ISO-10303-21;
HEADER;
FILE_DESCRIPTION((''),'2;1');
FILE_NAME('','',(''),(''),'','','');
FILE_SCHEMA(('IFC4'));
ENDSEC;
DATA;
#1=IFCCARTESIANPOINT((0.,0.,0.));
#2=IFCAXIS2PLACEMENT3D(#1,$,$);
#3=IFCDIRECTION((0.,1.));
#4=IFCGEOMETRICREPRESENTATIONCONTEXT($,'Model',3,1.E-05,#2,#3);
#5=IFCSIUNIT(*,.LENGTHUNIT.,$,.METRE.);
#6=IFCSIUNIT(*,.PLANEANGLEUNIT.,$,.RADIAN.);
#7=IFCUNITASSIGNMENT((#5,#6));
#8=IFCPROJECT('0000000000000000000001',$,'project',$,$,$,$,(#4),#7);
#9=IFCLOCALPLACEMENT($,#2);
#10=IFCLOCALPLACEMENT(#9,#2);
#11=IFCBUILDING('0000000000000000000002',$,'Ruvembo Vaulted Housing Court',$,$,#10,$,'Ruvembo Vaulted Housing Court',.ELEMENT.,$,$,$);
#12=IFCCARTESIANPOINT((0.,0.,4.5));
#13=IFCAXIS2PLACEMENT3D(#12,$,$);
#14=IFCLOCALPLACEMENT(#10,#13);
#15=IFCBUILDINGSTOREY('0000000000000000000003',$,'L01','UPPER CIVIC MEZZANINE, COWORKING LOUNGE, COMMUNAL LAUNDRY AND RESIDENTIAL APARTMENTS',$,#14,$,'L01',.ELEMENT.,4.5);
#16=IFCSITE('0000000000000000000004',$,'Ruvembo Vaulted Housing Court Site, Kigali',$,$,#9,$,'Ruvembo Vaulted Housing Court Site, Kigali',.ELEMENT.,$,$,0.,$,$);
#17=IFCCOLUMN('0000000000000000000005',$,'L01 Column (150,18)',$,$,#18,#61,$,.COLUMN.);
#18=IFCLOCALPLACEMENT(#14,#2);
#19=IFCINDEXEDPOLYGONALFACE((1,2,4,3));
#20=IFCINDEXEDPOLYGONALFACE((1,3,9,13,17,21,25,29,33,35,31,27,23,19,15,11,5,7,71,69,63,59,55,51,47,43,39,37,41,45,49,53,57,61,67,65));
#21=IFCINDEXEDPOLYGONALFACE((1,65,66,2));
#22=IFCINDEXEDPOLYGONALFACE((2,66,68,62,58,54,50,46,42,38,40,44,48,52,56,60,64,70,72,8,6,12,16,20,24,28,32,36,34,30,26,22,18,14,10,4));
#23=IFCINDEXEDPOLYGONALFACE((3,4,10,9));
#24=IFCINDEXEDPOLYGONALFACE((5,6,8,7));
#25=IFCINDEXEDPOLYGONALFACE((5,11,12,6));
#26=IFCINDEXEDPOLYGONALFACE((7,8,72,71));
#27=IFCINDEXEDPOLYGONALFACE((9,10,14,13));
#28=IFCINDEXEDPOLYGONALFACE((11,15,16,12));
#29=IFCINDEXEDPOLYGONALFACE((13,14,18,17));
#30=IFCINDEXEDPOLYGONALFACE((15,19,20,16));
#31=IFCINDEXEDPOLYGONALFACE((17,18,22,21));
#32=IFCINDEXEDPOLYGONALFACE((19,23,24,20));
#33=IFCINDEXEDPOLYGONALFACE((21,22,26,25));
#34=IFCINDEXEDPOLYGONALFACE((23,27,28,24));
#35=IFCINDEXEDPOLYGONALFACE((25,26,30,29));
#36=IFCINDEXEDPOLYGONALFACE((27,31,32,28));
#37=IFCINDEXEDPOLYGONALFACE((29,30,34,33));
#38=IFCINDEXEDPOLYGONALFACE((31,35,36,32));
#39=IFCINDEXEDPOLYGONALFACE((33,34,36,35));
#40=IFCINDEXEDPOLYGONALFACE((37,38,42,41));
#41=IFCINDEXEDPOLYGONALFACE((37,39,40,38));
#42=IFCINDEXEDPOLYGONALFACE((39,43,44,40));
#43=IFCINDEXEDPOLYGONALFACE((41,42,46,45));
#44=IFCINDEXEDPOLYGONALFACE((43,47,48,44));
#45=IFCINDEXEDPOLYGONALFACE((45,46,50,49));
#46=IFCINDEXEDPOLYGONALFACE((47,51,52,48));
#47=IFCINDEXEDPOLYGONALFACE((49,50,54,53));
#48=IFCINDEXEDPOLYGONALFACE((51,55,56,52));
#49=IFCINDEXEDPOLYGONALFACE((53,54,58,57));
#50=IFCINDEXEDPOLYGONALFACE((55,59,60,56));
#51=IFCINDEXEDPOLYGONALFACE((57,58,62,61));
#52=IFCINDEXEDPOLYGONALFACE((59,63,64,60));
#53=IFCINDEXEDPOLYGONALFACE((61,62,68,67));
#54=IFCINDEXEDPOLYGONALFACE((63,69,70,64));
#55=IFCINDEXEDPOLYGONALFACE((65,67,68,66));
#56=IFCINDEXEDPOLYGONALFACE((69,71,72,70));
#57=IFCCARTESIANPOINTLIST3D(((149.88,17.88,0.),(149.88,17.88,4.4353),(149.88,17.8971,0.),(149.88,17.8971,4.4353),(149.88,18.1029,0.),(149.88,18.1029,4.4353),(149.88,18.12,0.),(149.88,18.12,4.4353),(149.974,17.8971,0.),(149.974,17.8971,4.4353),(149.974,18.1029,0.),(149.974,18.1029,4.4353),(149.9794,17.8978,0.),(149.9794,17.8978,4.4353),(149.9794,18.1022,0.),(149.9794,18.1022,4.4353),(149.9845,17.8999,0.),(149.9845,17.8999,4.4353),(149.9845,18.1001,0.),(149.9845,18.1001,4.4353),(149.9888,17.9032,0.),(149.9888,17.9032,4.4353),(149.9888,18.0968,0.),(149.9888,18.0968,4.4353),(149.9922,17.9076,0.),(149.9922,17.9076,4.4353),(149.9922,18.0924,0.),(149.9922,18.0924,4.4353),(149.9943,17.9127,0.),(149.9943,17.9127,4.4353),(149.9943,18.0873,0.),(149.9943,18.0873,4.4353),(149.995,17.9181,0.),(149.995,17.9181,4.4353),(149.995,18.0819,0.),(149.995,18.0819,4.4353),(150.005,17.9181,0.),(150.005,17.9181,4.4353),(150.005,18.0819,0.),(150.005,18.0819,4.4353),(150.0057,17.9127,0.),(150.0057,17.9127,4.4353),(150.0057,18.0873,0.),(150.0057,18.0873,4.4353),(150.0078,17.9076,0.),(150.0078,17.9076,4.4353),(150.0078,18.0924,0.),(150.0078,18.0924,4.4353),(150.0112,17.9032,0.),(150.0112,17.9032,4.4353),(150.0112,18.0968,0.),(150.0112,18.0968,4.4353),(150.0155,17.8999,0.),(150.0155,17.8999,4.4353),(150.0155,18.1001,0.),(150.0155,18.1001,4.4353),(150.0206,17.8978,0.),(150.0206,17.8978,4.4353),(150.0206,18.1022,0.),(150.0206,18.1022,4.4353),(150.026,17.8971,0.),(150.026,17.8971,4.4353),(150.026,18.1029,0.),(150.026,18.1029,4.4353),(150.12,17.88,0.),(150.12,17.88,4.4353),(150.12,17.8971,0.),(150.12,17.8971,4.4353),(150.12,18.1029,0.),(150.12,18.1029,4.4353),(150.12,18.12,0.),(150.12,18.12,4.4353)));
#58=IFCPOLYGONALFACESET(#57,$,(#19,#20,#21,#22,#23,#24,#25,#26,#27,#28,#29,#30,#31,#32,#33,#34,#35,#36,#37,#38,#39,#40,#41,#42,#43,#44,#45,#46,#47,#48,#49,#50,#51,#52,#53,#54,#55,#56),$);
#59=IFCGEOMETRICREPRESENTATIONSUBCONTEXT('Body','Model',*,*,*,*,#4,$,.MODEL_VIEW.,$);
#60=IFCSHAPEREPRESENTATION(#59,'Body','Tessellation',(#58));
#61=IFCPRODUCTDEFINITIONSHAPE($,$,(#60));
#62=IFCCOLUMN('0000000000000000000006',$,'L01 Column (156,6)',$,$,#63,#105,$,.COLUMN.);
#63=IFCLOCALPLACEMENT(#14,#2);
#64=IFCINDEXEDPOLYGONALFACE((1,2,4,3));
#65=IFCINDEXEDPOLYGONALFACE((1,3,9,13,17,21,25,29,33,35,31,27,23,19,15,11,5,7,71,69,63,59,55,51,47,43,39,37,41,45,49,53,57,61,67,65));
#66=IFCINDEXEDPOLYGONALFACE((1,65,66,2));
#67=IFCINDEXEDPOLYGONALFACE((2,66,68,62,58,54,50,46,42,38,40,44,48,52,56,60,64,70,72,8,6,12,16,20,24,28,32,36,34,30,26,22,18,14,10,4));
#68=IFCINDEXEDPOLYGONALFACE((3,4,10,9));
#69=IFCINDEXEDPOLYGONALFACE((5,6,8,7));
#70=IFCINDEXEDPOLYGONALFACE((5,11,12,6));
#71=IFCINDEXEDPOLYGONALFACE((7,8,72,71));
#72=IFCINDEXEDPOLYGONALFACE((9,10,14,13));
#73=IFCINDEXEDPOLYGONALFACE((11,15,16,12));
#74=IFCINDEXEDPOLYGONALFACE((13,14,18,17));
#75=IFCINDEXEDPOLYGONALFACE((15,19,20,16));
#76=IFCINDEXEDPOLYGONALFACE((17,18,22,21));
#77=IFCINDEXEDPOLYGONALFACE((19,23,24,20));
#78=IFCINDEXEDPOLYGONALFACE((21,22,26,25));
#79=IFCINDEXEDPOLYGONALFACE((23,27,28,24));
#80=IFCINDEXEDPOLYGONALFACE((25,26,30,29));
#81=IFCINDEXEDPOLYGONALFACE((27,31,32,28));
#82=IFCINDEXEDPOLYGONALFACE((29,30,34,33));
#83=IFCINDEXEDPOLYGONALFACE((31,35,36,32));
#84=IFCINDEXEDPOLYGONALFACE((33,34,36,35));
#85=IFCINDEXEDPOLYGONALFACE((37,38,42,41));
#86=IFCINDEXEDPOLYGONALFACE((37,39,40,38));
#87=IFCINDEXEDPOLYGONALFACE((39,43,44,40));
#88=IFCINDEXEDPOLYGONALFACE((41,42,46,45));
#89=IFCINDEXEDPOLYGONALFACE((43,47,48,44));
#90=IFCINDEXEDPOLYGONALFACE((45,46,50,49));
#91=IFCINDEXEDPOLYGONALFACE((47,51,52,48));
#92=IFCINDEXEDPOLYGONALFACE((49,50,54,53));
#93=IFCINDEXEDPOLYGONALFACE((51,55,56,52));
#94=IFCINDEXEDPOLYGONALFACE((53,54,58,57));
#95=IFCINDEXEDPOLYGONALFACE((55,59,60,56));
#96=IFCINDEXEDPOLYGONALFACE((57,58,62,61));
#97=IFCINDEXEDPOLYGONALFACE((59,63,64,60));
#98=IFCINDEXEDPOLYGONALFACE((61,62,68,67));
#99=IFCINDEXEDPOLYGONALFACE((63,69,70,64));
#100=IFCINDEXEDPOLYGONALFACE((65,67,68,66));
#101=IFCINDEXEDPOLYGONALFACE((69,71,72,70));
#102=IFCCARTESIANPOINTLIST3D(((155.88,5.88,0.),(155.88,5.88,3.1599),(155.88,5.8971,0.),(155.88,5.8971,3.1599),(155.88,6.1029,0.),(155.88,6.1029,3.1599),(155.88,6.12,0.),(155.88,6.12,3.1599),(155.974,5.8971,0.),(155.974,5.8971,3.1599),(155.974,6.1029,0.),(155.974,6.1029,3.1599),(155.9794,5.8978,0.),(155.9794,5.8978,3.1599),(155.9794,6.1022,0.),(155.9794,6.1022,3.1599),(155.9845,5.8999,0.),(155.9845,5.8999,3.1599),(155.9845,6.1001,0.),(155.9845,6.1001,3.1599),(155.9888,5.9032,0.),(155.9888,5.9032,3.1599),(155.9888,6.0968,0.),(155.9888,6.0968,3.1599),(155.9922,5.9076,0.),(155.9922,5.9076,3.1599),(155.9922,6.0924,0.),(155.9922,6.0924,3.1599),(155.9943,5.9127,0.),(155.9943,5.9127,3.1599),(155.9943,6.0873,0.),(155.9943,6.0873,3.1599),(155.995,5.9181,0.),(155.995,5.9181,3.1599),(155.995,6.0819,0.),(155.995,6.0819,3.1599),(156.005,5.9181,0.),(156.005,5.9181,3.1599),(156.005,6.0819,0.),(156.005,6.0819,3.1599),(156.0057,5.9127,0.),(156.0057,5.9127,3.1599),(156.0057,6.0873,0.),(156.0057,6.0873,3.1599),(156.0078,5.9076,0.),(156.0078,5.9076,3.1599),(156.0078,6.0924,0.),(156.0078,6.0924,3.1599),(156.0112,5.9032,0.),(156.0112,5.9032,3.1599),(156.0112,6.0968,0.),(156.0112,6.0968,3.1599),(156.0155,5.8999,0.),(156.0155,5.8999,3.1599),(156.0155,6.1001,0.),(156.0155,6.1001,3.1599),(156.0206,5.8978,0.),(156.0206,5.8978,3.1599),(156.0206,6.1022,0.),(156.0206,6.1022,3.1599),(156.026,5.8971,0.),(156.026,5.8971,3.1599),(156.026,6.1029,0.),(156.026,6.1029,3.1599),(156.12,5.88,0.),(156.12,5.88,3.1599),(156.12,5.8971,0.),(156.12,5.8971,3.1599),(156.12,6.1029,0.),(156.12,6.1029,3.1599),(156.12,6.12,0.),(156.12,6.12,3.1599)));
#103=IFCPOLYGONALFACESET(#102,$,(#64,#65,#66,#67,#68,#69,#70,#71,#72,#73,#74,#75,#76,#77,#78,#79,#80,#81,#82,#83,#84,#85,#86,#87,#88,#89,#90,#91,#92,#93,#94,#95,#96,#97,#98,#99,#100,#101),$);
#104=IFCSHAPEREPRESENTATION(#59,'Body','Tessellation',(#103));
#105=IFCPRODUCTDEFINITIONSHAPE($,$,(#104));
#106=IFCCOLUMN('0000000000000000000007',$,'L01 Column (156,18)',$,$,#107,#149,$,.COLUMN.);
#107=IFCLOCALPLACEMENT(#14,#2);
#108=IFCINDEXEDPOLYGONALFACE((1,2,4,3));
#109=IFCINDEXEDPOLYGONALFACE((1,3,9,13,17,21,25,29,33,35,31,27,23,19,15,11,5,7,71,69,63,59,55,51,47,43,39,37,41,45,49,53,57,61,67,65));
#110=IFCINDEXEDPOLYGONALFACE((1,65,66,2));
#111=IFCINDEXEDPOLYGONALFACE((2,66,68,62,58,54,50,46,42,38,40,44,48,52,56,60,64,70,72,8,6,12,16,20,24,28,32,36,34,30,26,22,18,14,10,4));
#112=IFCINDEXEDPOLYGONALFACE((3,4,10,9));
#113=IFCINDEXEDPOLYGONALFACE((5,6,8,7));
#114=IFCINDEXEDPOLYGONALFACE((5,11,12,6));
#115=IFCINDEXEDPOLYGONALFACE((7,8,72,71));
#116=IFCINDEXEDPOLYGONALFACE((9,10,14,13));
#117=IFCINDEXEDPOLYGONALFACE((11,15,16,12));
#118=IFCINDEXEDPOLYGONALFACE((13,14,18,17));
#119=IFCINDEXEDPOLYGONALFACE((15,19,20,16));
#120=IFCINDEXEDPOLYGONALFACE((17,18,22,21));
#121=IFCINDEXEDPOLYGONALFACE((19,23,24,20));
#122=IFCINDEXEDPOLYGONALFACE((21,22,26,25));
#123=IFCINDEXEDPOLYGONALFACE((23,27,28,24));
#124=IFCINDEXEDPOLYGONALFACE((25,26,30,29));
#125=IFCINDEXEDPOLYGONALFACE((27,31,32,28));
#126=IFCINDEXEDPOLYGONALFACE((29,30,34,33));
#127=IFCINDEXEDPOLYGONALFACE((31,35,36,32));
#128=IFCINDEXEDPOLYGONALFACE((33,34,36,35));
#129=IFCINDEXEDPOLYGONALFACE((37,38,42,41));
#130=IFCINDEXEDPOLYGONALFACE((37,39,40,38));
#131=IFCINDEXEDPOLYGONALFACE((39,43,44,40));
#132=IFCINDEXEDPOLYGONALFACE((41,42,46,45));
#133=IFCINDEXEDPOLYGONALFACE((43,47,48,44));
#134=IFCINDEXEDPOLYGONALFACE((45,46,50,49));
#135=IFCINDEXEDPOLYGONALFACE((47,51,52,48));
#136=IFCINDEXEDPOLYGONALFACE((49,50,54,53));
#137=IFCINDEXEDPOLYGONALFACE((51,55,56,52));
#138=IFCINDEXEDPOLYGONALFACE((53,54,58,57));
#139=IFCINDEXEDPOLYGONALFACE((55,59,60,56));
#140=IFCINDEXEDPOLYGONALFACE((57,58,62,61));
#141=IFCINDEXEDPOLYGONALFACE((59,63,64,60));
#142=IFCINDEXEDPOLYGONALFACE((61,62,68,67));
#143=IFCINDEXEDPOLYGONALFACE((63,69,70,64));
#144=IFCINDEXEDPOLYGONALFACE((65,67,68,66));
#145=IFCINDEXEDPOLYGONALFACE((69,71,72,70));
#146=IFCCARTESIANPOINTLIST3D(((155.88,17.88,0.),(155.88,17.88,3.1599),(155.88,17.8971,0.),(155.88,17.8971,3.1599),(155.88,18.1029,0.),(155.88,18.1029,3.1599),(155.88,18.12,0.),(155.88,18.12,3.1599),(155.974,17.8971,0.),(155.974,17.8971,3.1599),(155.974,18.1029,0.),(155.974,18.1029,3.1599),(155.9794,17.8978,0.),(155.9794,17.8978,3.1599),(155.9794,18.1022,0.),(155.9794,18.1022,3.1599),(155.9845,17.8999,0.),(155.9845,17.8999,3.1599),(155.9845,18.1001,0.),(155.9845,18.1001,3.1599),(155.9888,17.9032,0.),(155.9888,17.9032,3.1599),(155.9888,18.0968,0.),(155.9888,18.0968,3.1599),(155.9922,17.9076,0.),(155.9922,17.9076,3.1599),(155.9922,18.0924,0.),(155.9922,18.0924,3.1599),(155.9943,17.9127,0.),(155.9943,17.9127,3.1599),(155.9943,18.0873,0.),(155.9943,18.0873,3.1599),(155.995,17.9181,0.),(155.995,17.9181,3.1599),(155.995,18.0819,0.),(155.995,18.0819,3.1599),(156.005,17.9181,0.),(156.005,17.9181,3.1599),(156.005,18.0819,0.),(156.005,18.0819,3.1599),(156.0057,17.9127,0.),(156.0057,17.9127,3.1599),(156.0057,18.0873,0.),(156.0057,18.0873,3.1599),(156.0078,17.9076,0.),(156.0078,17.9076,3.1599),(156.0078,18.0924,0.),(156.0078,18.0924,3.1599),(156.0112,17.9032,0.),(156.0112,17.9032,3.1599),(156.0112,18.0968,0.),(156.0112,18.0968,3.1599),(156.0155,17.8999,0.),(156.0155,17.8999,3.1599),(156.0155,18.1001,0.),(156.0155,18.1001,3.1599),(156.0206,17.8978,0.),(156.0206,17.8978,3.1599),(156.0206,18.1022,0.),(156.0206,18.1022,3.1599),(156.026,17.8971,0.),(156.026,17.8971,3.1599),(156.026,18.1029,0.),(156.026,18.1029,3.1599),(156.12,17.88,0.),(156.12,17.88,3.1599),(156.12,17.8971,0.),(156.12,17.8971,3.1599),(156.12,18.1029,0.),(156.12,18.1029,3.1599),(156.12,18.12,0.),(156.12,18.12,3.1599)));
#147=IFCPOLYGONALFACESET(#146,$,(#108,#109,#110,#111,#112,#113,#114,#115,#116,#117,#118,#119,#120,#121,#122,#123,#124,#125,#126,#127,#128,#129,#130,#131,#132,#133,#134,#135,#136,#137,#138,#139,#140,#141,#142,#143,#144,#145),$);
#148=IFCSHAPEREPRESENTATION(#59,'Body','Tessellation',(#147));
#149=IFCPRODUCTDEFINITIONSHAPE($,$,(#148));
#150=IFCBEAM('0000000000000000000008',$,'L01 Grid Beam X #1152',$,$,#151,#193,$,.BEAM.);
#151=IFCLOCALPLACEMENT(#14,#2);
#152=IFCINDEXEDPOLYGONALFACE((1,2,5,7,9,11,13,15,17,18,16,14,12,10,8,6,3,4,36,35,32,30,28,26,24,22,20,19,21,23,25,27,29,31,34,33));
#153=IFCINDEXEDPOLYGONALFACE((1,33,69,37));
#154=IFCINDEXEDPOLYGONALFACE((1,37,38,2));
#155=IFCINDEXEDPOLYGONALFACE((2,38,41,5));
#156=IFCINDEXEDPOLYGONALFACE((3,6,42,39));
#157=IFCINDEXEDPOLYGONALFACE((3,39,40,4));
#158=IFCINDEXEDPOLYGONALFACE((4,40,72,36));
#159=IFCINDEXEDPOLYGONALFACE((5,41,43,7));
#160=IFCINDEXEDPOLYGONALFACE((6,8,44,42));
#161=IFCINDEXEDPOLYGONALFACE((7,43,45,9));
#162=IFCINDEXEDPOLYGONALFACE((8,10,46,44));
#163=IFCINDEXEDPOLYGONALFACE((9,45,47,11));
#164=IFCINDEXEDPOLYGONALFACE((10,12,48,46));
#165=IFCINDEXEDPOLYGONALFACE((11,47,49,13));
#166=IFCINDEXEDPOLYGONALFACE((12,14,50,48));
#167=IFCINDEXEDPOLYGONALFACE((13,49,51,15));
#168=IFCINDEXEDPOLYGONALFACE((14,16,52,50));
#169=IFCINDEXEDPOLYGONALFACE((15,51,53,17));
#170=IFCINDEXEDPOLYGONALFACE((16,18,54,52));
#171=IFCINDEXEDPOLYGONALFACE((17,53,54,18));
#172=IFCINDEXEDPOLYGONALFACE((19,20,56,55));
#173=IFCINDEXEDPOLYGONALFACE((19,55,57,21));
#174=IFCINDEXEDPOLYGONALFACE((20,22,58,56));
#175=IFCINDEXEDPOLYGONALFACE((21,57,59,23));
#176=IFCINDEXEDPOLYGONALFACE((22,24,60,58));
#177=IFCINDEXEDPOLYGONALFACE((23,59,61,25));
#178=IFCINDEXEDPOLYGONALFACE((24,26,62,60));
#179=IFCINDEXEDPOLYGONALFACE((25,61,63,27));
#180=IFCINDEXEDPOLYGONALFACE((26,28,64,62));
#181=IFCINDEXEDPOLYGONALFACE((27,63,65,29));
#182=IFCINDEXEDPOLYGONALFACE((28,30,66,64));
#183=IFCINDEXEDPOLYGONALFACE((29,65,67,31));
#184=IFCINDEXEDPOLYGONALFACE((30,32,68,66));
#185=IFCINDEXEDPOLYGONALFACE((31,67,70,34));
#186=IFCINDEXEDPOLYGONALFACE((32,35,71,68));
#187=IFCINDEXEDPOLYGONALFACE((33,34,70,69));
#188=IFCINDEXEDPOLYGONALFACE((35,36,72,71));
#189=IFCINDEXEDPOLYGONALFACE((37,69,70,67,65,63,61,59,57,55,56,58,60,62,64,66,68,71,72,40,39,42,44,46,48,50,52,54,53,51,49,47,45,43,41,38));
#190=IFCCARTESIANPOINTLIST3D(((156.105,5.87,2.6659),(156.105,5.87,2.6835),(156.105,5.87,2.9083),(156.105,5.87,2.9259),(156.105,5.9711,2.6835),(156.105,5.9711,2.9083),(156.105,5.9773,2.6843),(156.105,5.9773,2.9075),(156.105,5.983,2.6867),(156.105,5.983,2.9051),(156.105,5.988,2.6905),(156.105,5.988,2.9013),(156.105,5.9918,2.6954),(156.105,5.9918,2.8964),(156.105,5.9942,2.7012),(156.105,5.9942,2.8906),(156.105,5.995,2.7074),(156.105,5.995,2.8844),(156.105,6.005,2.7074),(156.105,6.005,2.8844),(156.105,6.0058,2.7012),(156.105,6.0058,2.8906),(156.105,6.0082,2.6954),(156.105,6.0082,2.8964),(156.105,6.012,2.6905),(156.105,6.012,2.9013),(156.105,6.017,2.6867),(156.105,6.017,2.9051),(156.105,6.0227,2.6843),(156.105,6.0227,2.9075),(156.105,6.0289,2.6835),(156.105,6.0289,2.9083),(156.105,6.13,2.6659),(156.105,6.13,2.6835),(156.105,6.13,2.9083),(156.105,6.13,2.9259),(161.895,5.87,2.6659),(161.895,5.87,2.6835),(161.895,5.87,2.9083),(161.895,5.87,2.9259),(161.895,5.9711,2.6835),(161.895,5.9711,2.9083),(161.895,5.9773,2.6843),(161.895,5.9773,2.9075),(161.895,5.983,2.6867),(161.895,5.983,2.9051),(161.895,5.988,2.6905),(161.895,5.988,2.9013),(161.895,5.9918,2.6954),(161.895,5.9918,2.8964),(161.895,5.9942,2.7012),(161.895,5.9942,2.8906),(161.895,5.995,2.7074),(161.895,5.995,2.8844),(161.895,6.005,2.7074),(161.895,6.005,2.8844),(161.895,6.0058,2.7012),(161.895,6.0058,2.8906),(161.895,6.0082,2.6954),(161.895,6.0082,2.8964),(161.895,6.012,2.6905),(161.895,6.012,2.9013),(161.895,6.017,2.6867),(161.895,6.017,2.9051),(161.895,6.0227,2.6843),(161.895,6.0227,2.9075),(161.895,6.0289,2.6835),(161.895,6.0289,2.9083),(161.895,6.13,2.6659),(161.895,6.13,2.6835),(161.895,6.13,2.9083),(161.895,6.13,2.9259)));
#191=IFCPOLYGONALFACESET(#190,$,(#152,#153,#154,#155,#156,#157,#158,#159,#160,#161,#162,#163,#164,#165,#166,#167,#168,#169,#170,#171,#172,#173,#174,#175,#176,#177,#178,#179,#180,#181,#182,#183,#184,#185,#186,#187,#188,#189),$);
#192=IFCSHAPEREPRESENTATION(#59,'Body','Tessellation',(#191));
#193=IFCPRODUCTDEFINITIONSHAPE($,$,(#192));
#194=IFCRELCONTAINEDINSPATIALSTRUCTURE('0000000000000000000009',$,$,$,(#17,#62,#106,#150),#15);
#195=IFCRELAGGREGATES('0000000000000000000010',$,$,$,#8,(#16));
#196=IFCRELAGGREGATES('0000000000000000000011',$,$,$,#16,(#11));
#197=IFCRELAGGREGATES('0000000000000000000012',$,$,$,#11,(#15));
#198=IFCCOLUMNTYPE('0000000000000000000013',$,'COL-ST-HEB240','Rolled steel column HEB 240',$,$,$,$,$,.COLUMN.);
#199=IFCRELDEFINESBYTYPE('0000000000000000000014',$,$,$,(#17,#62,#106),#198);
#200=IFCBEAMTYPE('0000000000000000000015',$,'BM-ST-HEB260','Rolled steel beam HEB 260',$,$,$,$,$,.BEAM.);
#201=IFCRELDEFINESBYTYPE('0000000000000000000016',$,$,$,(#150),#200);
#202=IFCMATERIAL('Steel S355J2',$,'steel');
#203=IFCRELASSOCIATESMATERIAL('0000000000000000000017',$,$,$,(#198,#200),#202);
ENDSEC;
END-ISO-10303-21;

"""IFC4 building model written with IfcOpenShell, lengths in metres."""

from ifc_helpers import new_model, si_unit, direction, frame, origin, origin_2d, place, context, subcontext, project, spatial, i_section, extrude, material, material_profile, profile_set, type_object, element, save


model = new_model("IFC4")

# Units and contexts
model_context = context("Model", 3, precision=1e-05, world=origin(), true_north=direction((0.0, 1.0)))
body_context = subcontext(model_context, "Body", "Model", "MODEL_VIEW")
ifc_project = project(units=[si_unit("LENGTHUNIT", "METRE"), si_unit("PLANEANGLEUNIT", "RADIAN")], contexts=[model_context])

# Site, building, storey
site_placement = place(None, origin())
site = spatial("IfcSite", under=ifc_project, at=site_placement, Name="Ruvembo Vaulted Housing Court Site, Kigali", LongName="Ruvembo Vaulted Housing Court Site, Kigali", CompositionType="ELEMENT", RefElevation=0.0)
building_placement = place(site_placement, origin())
building = spatial("IfcBuilding", under=site, at=building_placement, Name="Ruvembo Vaulted Housing Court", LongName="Ruvembo Vaulted Housing Court", CompositionType="ELEMENT")
storey_placement = place(building_placement, frame((0.0, 0.0, 4.5)))
storey = spatial("IfcBuildingStorey", under=building, at=storey_placement, Name="L01", Description="UPPER CIVIC MEZZANINE, COWORKING LOUNGE, COMMUNAL LAUNDRY AND RESIDENTIAL APARTMENTS", LongName="L01", CompositionType="ELEMENT", Elevation=4.5)

# Columns
ifc_material_1 = material(Name="Steel S355J2", Category="steel")
ifc_material_profile_1 = material_profile(ifc_material_1, i_section(OverallWidth=0.24, OverallDepth=0.24, WebThickness=0.01, FlangeThickness=0.0171, FilletRadius=0.021, at=origin_2d()), Name="HEB 240")
ifc_profile_set_1 = profile_set([ifc_material_profile_1], Name="Steel S355J2")
column_type = type_object("IfcColumnType", Name="COL-ST-HEB240", Description="Rolled steel column HEB 240", PredefinedType="COLUMN", material=ifc_profile_set_1)
column_placement = place(storey_placement, frame((150.0, 18.0, 0.0), z_axis=(0.0, 0.0, 1.0), x_axis=(1.0, 0.0, 0.0)))
element("IfcColumn", 1, at=column_placement, inside=storey, type_object=column_type, Name="L01 Column (150,18)", PredefinedType="COLUMN", context=body_context, shape_type="SweptSolid", body=[
    extrude(i_section(OverallWidth=0.24, OverallDepth=0.24, WebThickness=0.01, FlangeThickness=0.0171, FilletRadius=0.021, at=origin_2d()), origin(), (0.0, 0.0, 1.0), 4.4353),
])
for number, where, z_axis, x_axis, name in (
    (2, (156.0, 6.0, 0.0), (0.0, 0.0, 1.0), (1.0, 0.0, 0.0), "L01 Column (156,6)"),
    (3, (156.0, 18.0, 0.0), (0.0, 0.0, 1.0), (1.0, 0.0, 0.0), "L01 Column (156,18)"),
):
    element("IfcColumn", number, at=place(storey_placement, frame(where, z_axis=z_axis, x_axis=x_axis)), inside=storey, type_object=column_type, Name=name, PredefinedType="COLUMN", context=body_context, shape_type="SweptSolid", body=[
        extrude(i_section(OverallWidth=0.24, OverallDepth=0.24, WebThickness=0.01, FlangeThickness=0.0171, FilletRadius=0.021, at=origin_2d()), origin(), (0.0, 0.0, 1.0), 3.1599),
    ])

# Beam
ifc_material_profile_2 = material_profile(ifc_material_1, i_section(OverallWidth=0.26, OverallDepth=0.26, WebThickness=0.01, FlangeThickness=0.0176, FilletRadius=0.0239, at=origin_2d()), Name="HEB 260")
ifc_profile_set_2 = profile_set([ifc_material_profile_2], Name="Steel S355J2")
beam_type = type_object("IfcBeamType", Name="BM-ST-HEB260", Description="Rolled steel beam HEB 260", PredefinedType="BEAM", material=ifc_profile_set_2)
beam_placement = place(storey_placement, frame((156.105, 6.0, 2.7959), z_axis=(1.0, 0.0, 0.0), x_axis=(0.0, 1.0, 0.0)))
element("IfcBeam", 4, at=beam_placement, inside=storey, type_object=beam_type, Name="L01 Grid Beam X #1152", PredefinedType="BEAM", context=body_context, shape_type="SweptSolid", body=[
    extrude(i_section(OverallWidth=0.26, OverallDepth=0.26, WebThickness=0.01, FlangeThickness=0.0176, FilletRadius=0.0239, at=origin_2d()), origin(), (0.0, 0.0, 1.0), 5.79),
])

save(model, "model.ifc")
